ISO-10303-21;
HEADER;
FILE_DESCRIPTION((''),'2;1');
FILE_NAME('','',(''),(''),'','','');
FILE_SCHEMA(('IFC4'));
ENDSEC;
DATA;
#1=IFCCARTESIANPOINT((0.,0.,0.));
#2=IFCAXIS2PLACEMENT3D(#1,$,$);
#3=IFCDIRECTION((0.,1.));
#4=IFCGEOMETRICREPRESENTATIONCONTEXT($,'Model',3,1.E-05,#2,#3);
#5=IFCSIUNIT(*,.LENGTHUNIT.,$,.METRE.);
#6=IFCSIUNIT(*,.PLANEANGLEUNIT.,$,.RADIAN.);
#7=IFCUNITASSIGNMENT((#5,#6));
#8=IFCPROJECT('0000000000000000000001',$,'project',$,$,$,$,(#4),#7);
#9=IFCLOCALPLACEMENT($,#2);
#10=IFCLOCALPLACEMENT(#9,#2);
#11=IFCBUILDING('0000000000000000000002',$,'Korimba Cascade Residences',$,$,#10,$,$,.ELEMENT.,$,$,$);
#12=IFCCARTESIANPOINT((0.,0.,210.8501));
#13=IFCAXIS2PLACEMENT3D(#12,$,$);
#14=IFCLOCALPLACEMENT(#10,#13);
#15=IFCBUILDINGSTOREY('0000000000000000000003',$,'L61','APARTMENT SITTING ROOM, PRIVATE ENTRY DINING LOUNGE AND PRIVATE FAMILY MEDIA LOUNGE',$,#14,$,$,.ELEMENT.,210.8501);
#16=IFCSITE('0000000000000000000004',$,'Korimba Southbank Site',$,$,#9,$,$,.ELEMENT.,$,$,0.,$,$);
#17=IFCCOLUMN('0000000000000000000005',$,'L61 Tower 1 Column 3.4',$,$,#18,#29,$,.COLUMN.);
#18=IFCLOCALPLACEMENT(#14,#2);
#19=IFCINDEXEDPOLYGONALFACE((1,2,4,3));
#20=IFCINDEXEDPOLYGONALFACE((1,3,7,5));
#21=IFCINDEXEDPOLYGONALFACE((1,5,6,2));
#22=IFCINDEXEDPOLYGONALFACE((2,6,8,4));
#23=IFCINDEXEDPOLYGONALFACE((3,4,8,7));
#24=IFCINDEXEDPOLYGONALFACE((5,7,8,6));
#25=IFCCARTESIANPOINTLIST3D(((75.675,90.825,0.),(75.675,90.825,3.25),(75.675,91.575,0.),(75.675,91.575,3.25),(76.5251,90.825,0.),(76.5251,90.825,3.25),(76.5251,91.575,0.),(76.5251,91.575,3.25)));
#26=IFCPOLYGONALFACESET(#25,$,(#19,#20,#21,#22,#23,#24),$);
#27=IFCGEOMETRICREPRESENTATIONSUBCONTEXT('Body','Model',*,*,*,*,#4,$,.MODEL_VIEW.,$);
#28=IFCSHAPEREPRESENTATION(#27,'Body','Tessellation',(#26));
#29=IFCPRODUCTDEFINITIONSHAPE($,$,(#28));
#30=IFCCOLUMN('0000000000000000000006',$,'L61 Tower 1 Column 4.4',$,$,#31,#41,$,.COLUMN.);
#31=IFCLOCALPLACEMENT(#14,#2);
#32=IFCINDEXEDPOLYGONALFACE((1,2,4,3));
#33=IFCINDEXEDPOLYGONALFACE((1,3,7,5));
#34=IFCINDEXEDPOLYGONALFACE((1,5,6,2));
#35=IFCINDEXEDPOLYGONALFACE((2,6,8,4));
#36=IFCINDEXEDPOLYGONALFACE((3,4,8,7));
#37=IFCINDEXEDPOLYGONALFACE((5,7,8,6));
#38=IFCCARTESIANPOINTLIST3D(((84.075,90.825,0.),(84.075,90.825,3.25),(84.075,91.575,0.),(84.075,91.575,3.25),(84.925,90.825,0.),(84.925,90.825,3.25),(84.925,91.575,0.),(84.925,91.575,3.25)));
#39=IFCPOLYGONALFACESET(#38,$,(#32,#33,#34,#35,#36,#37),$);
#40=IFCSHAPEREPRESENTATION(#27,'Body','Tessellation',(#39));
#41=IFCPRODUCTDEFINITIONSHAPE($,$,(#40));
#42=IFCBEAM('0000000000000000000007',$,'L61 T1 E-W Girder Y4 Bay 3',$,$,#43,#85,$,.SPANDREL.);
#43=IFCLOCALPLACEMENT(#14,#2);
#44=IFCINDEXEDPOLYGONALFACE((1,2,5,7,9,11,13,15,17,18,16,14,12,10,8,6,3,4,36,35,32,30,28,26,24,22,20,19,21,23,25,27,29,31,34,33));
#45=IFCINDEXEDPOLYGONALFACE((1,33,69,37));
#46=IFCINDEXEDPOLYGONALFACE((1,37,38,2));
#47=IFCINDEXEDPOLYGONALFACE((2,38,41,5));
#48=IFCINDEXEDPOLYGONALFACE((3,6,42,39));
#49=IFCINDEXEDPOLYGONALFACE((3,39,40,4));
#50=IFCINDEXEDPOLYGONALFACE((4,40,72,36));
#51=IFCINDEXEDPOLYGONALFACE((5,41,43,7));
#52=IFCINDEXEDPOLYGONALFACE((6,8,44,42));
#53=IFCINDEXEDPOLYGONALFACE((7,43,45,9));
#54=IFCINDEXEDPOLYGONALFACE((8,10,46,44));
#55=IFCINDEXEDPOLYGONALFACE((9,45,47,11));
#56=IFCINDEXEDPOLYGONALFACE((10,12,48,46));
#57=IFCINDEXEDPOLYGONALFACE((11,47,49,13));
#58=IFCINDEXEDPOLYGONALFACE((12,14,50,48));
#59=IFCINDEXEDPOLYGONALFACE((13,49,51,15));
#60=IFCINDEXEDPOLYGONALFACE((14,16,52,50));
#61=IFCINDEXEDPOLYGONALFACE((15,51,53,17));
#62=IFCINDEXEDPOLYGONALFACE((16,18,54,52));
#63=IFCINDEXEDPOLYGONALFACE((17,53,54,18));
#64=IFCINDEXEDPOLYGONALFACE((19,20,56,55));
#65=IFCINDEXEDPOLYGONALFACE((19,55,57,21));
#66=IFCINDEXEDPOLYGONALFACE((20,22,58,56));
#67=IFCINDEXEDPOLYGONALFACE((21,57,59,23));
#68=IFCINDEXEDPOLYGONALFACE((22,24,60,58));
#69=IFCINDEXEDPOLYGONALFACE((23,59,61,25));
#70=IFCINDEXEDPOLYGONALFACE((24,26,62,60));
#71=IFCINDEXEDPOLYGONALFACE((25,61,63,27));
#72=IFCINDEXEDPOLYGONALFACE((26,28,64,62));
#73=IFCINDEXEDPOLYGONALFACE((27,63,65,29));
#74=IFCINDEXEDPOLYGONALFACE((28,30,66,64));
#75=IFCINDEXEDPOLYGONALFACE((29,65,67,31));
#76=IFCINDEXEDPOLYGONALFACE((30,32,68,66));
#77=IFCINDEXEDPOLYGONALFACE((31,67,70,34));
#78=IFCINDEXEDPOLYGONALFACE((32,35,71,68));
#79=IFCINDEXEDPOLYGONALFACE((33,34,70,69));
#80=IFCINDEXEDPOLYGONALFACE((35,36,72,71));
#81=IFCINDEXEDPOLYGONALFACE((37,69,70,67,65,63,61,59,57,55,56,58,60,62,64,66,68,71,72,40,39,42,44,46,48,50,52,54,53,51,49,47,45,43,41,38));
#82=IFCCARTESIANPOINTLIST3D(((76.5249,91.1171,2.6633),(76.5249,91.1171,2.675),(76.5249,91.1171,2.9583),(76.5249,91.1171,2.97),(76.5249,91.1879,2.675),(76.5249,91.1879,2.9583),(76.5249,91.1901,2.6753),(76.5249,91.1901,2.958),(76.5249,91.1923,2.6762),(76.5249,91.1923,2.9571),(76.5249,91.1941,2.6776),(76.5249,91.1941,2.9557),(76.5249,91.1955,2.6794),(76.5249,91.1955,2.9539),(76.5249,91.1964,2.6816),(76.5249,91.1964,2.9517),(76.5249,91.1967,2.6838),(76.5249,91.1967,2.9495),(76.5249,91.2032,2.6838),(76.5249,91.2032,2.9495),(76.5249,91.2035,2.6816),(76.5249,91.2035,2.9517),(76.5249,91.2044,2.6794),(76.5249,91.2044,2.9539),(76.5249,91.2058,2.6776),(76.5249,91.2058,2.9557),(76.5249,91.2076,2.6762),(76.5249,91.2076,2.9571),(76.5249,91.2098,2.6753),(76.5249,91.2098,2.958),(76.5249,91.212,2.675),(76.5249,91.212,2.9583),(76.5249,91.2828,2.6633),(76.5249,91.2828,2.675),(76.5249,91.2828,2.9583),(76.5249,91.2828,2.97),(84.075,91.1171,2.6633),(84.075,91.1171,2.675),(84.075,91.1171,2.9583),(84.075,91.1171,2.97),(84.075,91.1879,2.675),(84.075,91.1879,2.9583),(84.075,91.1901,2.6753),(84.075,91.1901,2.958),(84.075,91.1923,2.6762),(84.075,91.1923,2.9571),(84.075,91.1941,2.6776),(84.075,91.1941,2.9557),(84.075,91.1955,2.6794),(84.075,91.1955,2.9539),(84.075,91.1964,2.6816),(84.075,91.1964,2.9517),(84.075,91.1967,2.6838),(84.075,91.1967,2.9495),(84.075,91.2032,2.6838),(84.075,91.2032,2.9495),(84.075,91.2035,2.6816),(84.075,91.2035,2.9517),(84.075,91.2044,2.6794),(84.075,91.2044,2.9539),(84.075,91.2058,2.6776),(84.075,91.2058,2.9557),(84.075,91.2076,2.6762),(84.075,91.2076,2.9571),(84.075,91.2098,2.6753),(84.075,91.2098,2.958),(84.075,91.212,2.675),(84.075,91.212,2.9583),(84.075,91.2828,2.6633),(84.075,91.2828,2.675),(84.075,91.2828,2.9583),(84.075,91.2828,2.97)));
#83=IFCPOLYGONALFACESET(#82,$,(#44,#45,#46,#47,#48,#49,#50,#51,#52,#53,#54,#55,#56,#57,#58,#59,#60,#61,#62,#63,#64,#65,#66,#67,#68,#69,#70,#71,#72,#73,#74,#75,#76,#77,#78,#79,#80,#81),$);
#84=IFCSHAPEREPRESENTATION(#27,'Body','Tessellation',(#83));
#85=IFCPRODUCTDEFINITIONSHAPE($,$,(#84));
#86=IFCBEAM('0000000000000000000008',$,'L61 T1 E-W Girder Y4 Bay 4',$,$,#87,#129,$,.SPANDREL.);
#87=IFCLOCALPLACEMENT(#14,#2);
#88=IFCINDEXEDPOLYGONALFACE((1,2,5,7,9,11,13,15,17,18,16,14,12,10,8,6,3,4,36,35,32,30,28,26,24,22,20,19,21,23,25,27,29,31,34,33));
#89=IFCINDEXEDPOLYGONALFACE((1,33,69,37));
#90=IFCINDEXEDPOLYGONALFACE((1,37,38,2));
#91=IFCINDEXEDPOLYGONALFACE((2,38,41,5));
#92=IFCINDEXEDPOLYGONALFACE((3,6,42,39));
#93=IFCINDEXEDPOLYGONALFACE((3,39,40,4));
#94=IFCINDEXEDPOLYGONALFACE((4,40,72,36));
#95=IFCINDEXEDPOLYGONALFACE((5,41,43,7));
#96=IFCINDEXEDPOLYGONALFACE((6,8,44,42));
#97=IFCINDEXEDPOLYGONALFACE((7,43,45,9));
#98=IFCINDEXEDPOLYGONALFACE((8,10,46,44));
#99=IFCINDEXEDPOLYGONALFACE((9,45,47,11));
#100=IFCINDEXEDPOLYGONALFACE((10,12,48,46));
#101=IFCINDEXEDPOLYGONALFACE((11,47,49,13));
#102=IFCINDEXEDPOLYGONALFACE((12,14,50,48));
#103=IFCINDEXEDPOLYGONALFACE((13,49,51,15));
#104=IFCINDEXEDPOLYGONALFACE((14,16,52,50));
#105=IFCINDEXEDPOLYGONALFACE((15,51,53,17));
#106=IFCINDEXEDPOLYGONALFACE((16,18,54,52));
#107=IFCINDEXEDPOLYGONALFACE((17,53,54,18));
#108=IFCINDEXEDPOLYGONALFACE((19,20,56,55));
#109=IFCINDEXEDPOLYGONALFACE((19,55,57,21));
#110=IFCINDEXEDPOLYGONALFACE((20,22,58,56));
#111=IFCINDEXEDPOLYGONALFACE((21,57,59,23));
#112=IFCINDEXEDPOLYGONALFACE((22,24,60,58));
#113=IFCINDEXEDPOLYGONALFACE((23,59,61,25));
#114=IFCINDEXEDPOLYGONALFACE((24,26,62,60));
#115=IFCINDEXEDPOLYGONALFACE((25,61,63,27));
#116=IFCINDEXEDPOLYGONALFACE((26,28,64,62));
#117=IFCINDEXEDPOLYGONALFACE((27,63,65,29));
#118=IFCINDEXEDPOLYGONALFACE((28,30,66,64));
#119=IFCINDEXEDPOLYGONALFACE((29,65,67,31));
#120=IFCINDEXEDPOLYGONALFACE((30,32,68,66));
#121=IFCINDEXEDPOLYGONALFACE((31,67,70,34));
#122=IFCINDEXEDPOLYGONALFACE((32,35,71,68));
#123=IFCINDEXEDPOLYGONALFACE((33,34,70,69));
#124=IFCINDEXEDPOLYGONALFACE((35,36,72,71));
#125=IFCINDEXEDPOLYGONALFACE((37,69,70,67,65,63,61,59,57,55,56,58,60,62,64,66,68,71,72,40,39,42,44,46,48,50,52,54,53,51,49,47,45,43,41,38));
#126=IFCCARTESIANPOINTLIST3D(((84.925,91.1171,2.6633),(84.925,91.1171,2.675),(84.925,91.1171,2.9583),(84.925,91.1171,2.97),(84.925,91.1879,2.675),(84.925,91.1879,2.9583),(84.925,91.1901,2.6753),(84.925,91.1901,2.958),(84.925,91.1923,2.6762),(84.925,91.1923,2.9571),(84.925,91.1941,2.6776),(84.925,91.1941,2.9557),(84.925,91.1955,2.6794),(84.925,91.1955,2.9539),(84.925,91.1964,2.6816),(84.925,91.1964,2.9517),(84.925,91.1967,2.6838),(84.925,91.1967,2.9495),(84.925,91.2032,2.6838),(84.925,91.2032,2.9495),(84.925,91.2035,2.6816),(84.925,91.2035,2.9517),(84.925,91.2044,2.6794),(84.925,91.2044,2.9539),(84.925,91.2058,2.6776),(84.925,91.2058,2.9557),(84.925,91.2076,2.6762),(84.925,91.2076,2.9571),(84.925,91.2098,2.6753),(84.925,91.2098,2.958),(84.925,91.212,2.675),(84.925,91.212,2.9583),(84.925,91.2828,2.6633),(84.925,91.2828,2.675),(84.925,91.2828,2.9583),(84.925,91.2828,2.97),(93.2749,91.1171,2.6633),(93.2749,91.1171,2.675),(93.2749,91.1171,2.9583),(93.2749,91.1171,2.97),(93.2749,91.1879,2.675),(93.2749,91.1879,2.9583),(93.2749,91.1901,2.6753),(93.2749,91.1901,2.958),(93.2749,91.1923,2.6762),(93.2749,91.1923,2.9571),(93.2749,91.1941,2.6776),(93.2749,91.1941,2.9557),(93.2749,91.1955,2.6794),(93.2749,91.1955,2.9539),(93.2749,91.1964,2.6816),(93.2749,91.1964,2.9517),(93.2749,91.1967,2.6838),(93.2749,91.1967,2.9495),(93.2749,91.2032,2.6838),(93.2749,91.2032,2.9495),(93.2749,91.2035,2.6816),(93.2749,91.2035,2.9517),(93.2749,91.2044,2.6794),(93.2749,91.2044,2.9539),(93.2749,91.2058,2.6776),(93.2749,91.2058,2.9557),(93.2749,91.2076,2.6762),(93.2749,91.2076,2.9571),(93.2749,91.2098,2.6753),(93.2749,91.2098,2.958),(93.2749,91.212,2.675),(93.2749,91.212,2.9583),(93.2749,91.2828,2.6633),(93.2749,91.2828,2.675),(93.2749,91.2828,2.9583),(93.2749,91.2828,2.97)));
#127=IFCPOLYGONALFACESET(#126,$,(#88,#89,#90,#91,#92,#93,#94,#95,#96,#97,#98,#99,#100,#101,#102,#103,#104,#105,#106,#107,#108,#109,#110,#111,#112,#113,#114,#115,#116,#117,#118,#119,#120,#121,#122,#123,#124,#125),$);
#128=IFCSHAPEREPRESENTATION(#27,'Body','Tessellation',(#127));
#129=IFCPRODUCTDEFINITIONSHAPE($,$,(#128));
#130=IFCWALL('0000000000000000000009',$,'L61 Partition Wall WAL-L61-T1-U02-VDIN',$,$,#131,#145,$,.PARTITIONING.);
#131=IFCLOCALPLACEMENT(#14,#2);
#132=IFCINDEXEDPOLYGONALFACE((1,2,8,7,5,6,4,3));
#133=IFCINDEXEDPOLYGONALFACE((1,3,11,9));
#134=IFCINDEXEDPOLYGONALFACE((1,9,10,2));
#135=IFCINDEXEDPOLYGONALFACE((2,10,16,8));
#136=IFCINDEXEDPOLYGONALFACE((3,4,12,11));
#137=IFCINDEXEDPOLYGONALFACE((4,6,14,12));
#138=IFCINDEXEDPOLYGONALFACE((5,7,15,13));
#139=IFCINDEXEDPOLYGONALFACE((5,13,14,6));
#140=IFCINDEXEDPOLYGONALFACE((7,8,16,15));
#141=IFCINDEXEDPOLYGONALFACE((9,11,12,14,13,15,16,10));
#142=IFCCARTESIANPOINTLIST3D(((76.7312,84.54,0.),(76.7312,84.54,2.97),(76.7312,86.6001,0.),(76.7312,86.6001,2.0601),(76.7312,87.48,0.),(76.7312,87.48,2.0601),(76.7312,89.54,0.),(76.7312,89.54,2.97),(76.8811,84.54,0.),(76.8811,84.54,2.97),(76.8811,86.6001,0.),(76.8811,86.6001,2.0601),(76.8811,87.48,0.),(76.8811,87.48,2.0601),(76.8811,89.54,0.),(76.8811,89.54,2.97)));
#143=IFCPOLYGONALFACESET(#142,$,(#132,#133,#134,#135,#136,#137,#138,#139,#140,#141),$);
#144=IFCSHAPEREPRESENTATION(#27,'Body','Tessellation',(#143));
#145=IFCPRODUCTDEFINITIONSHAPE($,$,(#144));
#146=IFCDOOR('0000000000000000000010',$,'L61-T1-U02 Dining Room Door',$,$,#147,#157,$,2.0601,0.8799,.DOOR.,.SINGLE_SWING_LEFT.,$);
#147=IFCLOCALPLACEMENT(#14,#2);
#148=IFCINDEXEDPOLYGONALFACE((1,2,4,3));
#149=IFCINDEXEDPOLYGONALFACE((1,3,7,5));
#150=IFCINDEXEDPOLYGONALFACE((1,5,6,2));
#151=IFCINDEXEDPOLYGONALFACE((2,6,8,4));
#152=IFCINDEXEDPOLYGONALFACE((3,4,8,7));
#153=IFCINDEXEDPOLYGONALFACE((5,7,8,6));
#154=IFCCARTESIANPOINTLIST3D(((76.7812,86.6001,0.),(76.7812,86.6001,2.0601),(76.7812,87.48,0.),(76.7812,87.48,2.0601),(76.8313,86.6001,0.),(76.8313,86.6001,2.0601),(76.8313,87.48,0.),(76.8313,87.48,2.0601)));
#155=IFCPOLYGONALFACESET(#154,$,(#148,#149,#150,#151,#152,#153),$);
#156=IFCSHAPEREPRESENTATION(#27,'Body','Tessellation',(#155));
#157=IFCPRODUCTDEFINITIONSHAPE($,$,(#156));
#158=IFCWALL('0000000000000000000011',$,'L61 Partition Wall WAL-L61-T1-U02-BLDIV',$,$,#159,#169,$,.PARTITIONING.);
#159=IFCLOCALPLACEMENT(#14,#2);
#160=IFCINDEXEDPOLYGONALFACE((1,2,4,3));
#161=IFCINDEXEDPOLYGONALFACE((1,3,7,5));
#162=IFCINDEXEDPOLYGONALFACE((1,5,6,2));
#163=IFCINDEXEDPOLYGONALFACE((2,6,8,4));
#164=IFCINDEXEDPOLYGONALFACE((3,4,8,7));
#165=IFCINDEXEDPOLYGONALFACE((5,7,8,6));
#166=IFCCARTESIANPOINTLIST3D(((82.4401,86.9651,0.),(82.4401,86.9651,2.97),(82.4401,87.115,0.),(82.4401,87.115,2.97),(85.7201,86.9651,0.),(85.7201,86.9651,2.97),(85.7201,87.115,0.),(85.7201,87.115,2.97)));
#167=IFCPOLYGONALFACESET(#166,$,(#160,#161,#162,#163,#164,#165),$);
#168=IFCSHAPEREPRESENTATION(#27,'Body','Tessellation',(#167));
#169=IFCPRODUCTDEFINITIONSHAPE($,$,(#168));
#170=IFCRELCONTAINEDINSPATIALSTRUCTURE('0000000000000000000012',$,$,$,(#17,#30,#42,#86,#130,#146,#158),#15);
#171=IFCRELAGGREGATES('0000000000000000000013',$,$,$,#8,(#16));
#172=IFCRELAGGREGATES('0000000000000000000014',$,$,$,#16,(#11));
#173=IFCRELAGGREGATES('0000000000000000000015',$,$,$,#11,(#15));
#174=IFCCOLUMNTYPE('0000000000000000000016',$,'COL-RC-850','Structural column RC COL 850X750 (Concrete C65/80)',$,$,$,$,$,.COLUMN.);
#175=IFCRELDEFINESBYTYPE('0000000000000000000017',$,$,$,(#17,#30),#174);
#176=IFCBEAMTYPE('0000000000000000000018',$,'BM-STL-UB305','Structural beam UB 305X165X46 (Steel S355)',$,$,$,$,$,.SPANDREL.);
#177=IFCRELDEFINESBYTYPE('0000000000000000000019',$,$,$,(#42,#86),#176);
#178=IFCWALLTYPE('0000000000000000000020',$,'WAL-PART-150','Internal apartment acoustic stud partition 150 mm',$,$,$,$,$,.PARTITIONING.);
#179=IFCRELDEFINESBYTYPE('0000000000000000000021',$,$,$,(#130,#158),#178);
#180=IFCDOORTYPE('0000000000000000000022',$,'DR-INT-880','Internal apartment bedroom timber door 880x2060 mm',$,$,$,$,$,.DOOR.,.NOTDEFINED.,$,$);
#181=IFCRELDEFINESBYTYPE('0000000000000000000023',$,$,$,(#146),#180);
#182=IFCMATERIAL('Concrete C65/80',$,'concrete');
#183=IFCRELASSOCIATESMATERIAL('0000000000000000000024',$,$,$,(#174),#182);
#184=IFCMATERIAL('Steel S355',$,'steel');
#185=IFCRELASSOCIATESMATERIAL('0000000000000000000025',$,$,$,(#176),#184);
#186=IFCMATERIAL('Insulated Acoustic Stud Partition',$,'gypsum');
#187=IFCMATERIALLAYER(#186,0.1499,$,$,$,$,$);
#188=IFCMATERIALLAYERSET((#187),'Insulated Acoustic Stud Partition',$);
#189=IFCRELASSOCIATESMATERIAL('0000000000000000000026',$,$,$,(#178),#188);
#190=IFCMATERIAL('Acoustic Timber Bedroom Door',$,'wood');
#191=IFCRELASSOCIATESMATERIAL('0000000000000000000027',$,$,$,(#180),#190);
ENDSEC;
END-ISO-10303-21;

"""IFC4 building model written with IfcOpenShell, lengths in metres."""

from ifc_helpers import new_model, si_unit, direction, frame, frame_2d, origin, origin_2d, place, context, subcontext, project, spatial, rectangle, i_section, extrude, material, layer, layer_set, material_profile, profile_set, type_object, element, fill, save


model = new_model("IFC4")

# Units and contexts
model_context = context("Model", 3, precision=1e-05, world=origin(), true_north=direction((0.0, 1.0)))
body_context = subcontext(model_context, "Body", "Model", "MODEL_VIEW")
ifc_project = project(units=[si_unit("LENGTHUNIT", "METRE"), si_unit("PLANEANGLEUNIT", "RADIAN")], contexts=[model_context])

# Site, building, storey
site_placement = place(None, origin())
site = spatial("IfcSite", under=ifc_project, at=site_placement, Name="Korimba Southbank Site", CompositionType="ELEMENT", RefElevation=0.0)
building_placement = place(site_placement, origin())
building = spatial("IfcBuilding", under=site, at=building_placement, Name="Korimba Cascade Residences", CompositionType="ELEMENT")
storey_placement = place(building_placement, frame((0.0, 0.0, 210.8501)))
storey = spatial("IfcBuildingStorey", under=building, at=storey_placement, Name="L61", Description="APARTMENT SITTING ROOM, PRIVATE ENTRY DINING LOUNGE AND PRIVATE FAMILY MEDIA LOUNGE", CompositionType="ELEMENT", Elevation=210.8501)

# Columns
ifc_material_1 = material(Name="Concrete C65/80", Category="concrete")
ifc_material_profile_1 = material_profile(ifc_material_1, rectangle(XDim=0.8501, YDim=0.75, at=origin_2d()), Name="Concrete C65/80")
ifc_profile_set_1 = profile_set([ifc_material_profile_1], Name="Concrete C65/80")
column_type = type_object("IfcColumnType", Name="COL-RC-850", Description="Structural column RC COL 850X750 (Concrete C65/80)", PredefinedType="COLUMN", material=ifc_profile_set_1)
for number, where, z_axis, x_axis, name in (
    (1, (76.1001, 91.2, 0.0), (0.0, 0.0, 1.0), (1.0, 0.0, 0.0), "L61 Tower 1 Column 3.4"),
    (2, (84.5, 91.2, 0.0), (0.0, 0.0, 1.0), (1.0, 0.0, 0.0), "L61 Tower 1 Column 4.4"),
):
    element("IfcColumn", number, at=place(storey_placement, frame(where, z_axis=z_axis, x_axis=x_axis)), inside=storey, type_object=column_type, Name=name, PredefinedType="COLUMN", context=body_context, shape_type="SweptSolid", body=[
        extrude(rectangle(XDim=0.8501, YDim=0.75, at=origin_2d()), origin(), (0.0, 0.0, 1.0), 3.25),
    ])

# Beams
ifc_material_2 = material(Name="Steel S355", Category="steel")
ifc_material_profile_2 = material_profile(ifc_material_2, i_section(OverallWidth=0.1658, OverallDepth=0.3066, WebThickness=0.0066, FlangeThickness=0.0117, FilletRadius=0.0088, at=origin_2d()), Name="Steel S355")
ifc_profile_set_2 = profile_set([ifc_material_profile_2], Name="Steel S355")
beam_type = type_object("IfcBeamType", Name="BM-STL-UB305", Description="Structural beam UB 305X165X46 (Steel S355)", PredefinedType="SPANDREL", material=ifc_profile_set_2)
beam_1_placement = place(storey_placement, frame((76.5249, 91.2, 2.8167), z_axis=(1.0, 0.0, 0.0), x_axis=(0.0, 1.0, 0.0)))
element("IfcBeam", 3, at=beam_1_placement, inside=storey, type_object=beam_type, Name="L61 T1 E-W Girder Y4 Bay 3", PredefinedType="SPANDREL", context=body_context, shape_type="SweptSolid", body=[
    extrude(i_section(OverallWidth=0.1658, OverallDepth=0.3066, WebThickness=0.0066, FlangeThickness=0.0117, FilletRadius=0.0088, at=origin_2d()), origin(), (0.0, 0.0, 1.0), 7.55),
])
beam_2_placement = place(storey_placement, frame((84.925, 91.2, 2.8167), z_axis=(1.0, 0.0, 0.0), x_axis=(0.0, 1.0, 0.0)))
element("IfcBeam", 4, at=beam_2_placement, inside=storey, type_object=beam_type, Name="L61 T1 E-W Girder Y4 Bay 4", PredefinedType="SPANDREL", context=body_context, shape_type="SweptSolid", body=[
    extrude(i_section(OverallWidth=0.1658, OverallDepth=0.3066, WebThickness=0.0066, FlangeThickness=0.0117, FilletRadius=0.0088, at=origin_2d()), origin(), (0.0, 0.0, 1.0), 8.3499),
])

# Wall, opening, door
ifc_material_3 = material(Name="Insulated Acoustic Stud Partition", Category="gypsum")
ifc_layer = layer(ifc_material_3, 0.1499)
ifc_layer_set = layer_set([ifc_layer], Name="Insulated Acoustic Stud Partition")
wall_type = type_object("IfcWallType", Name="WAL-PART-150", Description="Internal apartment acoustic stud partition 150 mm", PredefinedType="PARTITIONING", material=ifc_layer_set)
wall_1_placement = place(storey_placement, frame((76.8062, 84.54, 0.0), z_axis=(0.0, 0.0, 1.0), x_axis=(0.0, 1.0, 0.0)))
wall_1 = element("IfcWall", 5, at=wall_1_placement, inside=storey, type_object=wall_type, Name="L61 Partition Wall WAL-L61-T1-U02-VDIN", PredefinedType="PARTITIONING", context=body_context, shape_type="SweptSolid", body=[
    extrude(rectangle(XDim=5.0, YDim=0.1499, at=frame_2d((2.5, 0.0))), origin(), (0.0, 0.0, 1.0), 2.97),
])
opening_1_placement = place(wall_1_placement, frame((2.0601, 0.0, 0.0)))
opening_1 = element("IfcOpeningElement", 6, at=opening_1_placement, cuts=wall_1, PredefinedType="OPENING", context=body_context, shape_type="SweptSolid", body=[
    extrude(rectangle(XDim=0.8799, YDim=2.0601, at=frame_2d((0.4399, 1.03))), frame((0.0, 0.085, 0.0), z_axis=(0.0, -1.0, 0.0), x_axis=(1.0, 0.0, 0.0)), (0.0, 0.0, 1.0), 0.1699),
])
ifc_material_4 = material(Name="Acoustic Timber Bedroom Door", Category="wood")
door_type_1 = type_object("IfcDoorType", Name="DR-INT-880", Description="Internal apartment bedroom timber door 880x2060 mm", OperationType="NOTDEFINED", PredefinedType="DOOR", material=ifc_material_4)
door_1_placement = place(opening_1_placement, origin())
door_1 = element("IfcDoor", 7, at=door_1_placement, inside=storey, type_object=door_type_1, Name="L61-T1-U02 Dining Room Door", OperationType="SINGLE_SWING_LEFT", OverallHeight=2.0601, OverallWidth=0.8799, PredefinedType="DOOR", context=body_context, shape_type="SweptSolid", body=[
    extrude(rectangle(XDim=0.8799, YDim=2.0601, at=frame_2d((0.4399, 1.03))), frame((0.0, 0.0249, 0.0), z_axis=(0.0, -1.0, 0.0), x_axis=(1.0, 0.0, 0.0)), (0.0, 0.0, 1.0), 0.05),
])
fill(opening_1, door_1)

# Wall
wall_2_placement = place(storey_placement, frame((82.4399, 87.04, 0.0), z_axis=(0.0, 0.0, 1.0), x_axis=(1.0, 0.0, 0.0)))
element("IfcWall", 8, at=wall_2_placement, inside=storey, type_object=wall_type, Name="L61 Partition Wall WAL-L61-T1-U02-BLDIV", PredefinedType="PARTITIONING", context=body_context, shape_type="SweptSolid", body=[
    extrude(rectangle(XDim=3.28, YDim=0.1499, at=frame_2d((1.6401, 0.0))), origin(), (0.0, 0.0, 1.0), 2.97),
])

save(model, "model.ifc")
